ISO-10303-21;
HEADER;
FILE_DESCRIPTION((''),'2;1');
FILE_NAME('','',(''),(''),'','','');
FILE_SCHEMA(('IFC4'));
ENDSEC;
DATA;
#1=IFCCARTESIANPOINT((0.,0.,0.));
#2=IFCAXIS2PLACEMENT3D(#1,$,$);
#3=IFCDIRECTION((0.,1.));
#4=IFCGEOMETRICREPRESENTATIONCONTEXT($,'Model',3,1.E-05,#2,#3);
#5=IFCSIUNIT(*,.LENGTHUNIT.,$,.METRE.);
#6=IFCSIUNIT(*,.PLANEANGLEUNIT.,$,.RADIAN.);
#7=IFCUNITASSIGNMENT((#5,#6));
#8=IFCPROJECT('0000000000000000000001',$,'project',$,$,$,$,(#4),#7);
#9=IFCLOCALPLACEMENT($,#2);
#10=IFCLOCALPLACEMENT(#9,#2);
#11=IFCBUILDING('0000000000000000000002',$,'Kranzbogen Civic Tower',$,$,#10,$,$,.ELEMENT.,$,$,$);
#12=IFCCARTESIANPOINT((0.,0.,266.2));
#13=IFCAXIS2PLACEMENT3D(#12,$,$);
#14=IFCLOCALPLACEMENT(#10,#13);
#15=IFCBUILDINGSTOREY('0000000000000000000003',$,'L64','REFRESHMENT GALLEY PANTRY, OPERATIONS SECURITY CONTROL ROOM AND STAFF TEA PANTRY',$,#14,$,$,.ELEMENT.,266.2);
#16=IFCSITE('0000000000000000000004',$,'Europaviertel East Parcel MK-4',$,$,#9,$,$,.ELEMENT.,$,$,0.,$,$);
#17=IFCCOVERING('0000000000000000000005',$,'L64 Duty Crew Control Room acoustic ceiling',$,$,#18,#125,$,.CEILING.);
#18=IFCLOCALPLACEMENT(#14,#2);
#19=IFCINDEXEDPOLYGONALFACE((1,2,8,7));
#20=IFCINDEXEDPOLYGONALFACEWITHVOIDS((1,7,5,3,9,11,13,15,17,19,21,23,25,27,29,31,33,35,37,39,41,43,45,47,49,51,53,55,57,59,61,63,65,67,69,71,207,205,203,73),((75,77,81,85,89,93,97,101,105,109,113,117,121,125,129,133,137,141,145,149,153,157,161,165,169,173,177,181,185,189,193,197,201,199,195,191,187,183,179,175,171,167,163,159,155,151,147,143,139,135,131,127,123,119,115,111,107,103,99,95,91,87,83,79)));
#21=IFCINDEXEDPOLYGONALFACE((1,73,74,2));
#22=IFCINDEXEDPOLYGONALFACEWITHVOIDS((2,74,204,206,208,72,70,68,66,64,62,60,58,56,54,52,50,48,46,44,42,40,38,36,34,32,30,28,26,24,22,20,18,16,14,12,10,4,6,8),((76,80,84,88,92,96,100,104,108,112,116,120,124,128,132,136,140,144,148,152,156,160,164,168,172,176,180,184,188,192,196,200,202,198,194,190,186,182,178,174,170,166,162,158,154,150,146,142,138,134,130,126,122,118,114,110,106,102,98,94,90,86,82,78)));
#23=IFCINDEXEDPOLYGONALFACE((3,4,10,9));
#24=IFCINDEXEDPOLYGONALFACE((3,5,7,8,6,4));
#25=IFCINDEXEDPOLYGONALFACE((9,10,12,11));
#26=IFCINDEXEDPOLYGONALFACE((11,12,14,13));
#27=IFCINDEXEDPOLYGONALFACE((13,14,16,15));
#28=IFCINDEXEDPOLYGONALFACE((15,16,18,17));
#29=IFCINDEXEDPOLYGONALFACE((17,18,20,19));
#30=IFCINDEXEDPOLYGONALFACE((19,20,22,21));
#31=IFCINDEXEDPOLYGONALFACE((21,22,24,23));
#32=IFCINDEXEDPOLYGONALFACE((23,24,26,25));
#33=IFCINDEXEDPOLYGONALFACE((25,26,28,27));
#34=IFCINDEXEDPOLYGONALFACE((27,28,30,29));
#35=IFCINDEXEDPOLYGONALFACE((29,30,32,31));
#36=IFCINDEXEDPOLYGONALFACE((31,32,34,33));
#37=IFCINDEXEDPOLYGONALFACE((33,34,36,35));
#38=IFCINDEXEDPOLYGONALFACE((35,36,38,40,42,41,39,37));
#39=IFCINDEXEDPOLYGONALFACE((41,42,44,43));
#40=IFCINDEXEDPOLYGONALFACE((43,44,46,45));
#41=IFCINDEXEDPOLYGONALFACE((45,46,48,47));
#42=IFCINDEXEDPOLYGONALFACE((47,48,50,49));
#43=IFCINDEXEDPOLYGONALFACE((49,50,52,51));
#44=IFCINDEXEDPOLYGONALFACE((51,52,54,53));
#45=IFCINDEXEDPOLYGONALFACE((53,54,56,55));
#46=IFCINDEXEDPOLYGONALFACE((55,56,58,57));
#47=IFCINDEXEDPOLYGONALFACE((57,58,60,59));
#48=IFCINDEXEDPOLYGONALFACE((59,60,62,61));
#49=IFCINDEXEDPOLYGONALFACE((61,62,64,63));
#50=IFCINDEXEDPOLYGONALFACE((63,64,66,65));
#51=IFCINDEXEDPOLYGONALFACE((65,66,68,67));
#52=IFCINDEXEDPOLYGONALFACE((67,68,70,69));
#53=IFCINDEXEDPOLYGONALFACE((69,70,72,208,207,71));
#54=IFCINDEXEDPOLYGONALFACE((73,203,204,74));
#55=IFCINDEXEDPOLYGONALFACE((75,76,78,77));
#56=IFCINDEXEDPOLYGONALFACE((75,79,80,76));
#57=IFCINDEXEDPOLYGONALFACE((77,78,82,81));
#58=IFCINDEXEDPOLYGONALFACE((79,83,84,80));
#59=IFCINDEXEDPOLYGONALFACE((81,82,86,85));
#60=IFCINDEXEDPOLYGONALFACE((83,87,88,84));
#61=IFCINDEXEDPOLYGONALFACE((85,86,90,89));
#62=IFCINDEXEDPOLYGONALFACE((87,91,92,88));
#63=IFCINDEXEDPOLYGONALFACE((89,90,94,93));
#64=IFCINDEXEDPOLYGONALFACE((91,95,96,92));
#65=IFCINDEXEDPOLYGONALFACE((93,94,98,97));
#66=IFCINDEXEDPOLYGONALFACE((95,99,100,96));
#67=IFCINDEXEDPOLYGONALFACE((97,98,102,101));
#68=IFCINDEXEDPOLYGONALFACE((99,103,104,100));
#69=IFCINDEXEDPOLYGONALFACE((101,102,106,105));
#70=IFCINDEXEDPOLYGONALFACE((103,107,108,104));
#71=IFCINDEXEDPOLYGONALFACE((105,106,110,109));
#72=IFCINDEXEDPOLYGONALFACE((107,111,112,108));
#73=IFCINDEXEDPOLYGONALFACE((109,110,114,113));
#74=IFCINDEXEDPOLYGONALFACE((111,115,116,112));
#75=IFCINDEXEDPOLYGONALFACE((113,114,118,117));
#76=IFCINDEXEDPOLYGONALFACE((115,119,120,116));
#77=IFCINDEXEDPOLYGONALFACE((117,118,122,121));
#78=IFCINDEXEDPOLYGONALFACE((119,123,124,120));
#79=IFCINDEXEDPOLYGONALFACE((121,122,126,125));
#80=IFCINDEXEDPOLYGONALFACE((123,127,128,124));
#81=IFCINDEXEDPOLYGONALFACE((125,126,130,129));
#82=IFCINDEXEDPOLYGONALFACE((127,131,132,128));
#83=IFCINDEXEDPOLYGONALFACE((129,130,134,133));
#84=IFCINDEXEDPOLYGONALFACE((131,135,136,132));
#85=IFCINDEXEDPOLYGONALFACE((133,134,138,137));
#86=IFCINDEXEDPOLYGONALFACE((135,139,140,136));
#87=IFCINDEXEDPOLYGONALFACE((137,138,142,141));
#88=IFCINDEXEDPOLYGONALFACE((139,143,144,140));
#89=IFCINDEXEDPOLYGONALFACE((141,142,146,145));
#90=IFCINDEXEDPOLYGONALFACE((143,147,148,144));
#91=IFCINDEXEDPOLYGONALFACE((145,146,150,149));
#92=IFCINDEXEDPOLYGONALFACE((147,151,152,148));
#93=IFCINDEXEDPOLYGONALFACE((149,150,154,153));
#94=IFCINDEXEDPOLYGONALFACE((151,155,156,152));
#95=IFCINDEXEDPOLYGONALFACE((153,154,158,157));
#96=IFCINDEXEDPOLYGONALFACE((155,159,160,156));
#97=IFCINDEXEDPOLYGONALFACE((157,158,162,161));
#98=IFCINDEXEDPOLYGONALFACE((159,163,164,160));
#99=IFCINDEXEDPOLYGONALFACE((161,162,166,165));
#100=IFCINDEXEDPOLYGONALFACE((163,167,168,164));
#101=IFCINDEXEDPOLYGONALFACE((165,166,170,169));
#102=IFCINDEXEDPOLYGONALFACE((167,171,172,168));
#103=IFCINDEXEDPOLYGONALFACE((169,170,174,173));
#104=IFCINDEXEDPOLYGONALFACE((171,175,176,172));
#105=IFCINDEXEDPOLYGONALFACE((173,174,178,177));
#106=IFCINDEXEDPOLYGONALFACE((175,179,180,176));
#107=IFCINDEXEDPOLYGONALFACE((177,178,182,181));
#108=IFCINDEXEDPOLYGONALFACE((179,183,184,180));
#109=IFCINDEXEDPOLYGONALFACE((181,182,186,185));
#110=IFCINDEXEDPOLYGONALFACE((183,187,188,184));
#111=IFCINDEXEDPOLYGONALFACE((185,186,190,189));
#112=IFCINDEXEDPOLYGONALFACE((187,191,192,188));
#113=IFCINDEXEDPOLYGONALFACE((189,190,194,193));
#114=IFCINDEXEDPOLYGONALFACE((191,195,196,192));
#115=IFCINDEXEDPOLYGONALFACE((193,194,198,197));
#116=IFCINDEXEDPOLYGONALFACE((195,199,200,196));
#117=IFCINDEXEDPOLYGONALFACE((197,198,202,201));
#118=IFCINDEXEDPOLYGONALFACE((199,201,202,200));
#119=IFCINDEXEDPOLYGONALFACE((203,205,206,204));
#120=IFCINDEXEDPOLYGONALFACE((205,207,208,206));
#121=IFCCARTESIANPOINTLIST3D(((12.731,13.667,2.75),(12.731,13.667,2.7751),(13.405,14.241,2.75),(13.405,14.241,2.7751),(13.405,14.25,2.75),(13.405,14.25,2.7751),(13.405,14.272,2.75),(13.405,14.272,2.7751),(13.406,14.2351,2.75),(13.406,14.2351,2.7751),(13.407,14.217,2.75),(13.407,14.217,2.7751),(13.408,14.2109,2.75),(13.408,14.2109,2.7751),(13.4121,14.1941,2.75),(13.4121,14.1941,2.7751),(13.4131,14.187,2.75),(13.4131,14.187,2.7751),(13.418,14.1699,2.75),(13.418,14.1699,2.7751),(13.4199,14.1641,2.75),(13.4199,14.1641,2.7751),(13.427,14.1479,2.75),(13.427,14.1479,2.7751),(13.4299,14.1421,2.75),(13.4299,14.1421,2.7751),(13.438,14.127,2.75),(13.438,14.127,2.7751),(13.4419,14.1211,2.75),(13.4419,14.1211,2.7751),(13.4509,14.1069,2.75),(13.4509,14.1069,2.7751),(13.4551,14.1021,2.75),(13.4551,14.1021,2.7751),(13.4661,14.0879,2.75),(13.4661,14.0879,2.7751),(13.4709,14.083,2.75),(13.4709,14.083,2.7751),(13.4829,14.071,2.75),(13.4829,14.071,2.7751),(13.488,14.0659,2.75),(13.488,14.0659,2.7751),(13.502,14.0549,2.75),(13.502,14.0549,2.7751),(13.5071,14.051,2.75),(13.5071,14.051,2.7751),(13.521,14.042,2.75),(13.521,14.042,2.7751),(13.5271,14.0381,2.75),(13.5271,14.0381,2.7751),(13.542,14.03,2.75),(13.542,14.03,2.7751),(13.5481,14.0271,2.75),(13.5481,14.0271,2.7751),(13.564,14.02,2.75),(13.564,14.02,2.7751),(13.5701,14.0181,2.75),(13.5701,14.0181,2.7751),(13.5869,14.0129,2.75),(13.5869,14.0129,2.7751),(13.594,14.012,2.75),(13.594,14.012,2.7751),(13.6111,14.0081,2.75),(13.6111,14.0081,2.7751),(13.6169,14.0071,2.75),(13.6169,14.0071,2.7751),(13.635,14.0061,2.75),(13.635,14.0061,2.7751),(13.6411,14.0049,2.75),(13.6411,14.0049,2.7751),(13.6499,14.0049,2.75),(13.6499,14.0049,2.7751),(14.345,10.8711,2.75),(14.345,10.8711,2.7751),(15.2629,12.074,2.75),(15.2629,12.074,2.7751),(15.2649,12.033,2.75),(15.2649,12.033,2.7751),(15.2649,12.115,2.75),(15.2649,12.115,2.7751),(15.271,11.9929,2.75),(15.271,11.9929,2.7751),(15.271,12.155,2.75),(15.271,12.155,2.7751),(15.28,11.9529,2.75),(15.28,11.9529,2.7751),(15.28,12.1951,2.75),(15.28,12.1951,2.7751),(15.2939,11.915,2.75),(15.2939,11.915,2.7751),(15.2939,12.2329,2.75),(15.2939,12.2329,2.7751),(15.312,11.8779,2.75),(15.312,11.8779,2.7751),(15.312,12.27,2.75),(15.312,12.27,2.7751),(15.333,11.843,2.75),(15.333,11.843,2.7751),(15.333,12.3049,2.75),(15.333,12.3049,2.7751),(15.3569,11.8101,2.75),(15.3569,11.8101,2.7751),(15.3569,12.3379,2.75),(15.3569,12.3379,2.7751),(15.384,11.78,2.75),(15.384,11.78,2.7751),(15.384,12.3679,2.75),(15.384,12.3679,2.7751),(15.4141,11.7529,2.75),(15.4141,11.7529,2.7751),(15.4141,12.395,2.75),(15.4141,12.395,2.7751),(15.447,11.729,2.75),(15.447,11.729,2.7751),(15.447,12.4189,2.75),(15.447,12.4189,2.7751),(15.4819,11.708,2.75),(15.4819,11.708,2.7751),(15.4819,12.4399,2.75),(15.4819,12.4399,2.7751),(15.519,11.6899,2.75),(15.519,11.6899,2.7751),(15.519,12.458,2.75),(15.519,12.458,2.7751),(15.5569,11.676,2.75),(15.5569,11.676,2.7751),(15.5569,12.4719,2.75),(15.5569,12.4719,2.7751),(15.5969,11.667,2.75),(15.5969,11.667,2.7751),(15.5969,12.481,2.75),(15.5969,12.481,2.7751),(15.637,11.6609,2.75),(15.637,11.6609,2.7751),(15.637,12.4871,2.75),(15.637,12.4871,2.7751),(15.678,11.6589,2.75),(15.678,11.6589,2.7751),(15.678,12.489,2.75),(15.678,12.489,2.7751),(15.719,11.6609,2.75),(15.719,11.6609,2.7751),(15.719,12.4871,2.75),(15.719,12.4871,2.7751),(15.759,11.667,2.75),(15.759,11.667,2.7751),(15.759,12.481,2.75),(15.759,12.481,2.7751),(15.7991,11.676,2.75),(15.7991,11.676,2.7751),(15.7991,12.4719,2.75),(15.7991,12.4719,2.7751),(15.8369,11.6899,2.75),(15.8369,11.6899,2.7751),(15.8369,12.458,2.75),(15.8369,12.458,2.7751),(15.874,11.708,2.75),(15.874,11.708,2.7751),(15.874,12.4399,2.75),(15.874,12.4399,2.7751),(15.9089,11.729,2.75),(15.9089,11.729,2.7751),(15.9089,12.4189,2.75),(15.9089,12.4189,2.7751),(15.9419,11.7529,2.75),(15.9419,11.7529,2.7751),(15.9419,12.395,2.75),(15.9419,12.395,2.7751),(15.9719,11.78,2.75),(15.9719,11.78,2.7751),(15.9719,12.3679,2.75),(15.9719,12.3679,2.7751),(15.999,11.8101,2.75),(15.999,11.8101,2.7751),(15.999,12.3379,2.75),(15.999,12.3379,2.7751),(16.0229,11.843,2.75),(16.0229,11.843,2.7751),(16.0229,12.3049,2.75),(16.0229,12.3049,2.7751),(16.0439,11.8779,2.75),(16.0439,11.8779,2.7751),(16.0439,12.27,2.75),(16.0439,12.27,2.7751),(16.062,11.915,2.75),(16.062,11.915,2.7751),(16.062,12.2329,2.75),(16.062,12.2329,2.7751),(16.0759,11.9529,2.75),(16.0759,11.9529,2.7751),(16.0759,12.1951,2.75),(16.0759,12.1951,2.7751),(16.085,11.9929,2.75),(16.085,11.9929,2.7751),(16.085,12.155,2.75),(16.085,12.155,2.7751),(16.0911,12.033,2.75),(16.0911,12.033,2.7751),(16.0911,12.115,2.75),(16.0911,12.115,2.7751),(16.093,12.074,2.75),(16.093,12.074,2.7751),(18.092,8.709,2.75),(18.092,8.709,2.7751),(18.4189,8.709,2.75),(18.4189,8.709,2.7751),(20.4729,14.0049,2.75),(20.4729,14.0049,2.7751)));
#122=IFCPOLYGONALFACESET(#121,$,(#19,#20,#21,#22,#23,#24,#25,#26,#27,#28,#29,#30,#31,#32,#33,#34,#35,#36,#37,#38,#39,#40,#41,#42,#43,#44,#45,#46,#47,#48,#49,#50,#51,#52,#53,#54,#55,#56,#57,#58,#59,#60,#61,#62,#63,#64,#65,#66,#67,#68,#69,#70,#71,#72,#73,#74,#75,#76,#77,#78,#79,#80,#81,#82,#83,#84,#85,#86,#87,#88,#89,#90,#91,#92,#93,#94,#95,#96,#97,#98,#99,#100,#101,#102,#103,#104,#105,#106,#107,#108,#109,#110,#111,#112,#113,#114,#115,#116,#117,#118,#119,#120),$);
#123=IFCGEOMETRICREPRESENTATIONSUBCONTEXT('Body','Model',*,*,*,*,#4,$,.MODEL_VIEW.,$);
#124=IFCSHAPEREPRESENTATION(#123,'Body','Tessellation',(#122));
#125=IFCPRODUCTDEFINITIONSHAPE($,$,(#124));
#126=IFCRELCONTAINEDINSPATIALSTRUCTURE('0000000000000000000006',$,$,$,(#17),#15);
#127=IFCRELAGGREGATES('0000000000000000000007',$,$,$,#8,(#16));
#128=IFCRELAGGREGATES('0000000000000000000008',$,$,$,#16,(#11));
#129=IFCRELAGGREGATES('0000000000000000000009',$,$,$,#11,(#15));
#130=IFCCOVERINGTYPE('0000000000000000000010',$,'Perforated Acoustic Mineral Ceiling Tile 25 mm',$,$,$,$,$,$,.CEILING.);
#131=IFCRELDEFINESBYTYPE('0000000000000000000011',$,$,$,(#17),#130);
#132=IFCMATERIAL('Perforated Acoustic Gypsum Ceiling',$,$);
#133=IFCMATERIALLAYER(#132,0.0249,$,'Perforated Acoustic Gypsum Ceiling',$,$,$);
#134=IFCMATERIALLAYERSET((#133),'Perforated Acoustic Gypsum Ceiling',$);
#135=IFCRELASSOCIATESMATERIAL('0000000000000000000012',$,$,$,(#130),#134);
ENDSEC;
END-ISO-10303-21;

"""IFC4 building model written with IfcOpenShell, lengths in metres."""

from ifc_helpers import new_model, si_unit, direction, frame, origin, place, context, subcontext, project, spatial, polyline, outline, extrude, material, layer, layer_set, type_object, element, save


model = new_model("IFC4")

# Units and contexts
model_context = context("Model", 3, precision=1e-05, world=origin(), true_north=direction((0.0, 1.0)))
body_context = subcontext(model_context, "Body", "Model", "MODEL_VIEW")
ifc_project = project(units=[si_unit("LENGTHUNIT", "METRE"), si_unit("PLANEANGLEUNIT", "RADIAN")], contexts=[model_context])

# Site, building, storey
site_placement = place(None, origin())
site = spatial("IfcSite", under=ifc_project, at=site_placement, Name="Europaviertel East Parcel MK-4", CompositionType="ELEMENT", RefElevation=0.0)
building_placement = place(site_placement, origin())
building = spatial("IfcBuilding", under=site, at=building_placement, Name="Kranzbogen Civic Tower", CompositionType="ELEMENT")
storey_placement = place(building_placement, frame((0.0, 0.0, 266.2)))
storey = spatial("IfcBuildingStorey", under=building, at=storey_placement, Name="L64", Description="REFRESHMENT GALLEY PANTRY, OPERATIONS SECURITY CONTROL ROOM AND STAFF TEA PANTRY", CompositionType="ELEMENT", Elevation=266.2)

# Covering
ifc_material_1 = material(Name="Perforated Acoustic Gypsum Ceiling")
ifc_layer_1 = layer(ifc_material_1, 0.0249, Name="Perforated Acoustic Gypsum Ceiling")
ifc_layer_set_1 = layer_set([ifc_layer_1], Name="Perforated Acoustic Gypsum Ceiling")
covering_type_1 = type_object("IfcCoveringType", Name="Perforated Acoustic Mineral Ceiling Tile 25 mm", PredefinedType="CEILING", material=ifc_layer_set_1)
covering_1_placement = place(storey_placement, frame((0.0, 0.0, 2.75)))
element("IfcCovering", 1, at=covering_1_placement, inside=storey, type_object=covering_type_1, Name="L64 Duty Crew Control Room acoustic ceiling", PredefinedType="CEILING", context=body_context, shape_type="SweptSolid", body=[
    extrude(outline(polyline([(12.731, 13.667), (13.405, 14.272), (13.405, 14.25), (13.405, 14.241), (13.406, 14.2351), (13.407, 14.217), (13.408, 14.2109), (13.4121, 14.1941), (13.4131, 14.187), (13.418, 14.1699), (13.4199, 14.1641), (13.427, 14.1479), (13.4299, 14.1421), (13.438, 14.127), (13.4419, 14.1211), (13.4509, 14.1069), (13.4551, 14.1021), (13.4661, 14.0879), (13.4709, 14.083), (13.4829, 14.071), (13.488, 14.0659), (13.502, 14.0549), (13.5071, 14.051), (13.521, 14.042), (13.5271, 14.0381), (13.542, 14.03), (13.5481, 14.0271), (13.564, 14.02), (13.5701, 14.0181), (13.5869, 14.0129), (13.594, 14.012), (13.6111, 14.0081), (13.6169, 14.0071), (13.635, 14.0061), (13.6411, 14.0049), (13.6499, 14.0049), (20.4729, 14.0049), (18.4189, 8.709), (18.092, 8.709), (14.345, 10.8711), (12.731, 13.667)]), holes=[polyline([(16.062, 11.915), (16.0439, 11.8779), (16.0229, 11.843), (15.999, 11.8101), (15.9719, 11.78), (15.9419, 11.7529), (15.9089, 11.729), (15.874, 11.708), (15.8369, 11.6899), (15.7991, 11.676), (15.759, 11.667), (15.719, 11.6609), (15.678, 11.6589), (15.637, 11.6609), (15.5969, 11.667), (15.5569, 11.676), (15.519, 11.6899), (15.4819, 11.708), (15.447, 11.729), (15.4141, 11.7529), (15.384, 11.78), (15.3569, 11.8101), (15.333, 11.843), (15.312, 11.8779), (15.2939, 11.915), (15.28, 11.9529), (15.271, 11.9929), (15.2649, 12.033), (15.2629, 12.074), (15.2649, 12.115), (15.271, 12.155), (15.28, 12.1951), (15.2939, 12.2329), (15.312, 12.27), (15.333, 12.3049), (15.3569, 12.3379), (15.384, 12.3679), (15.4141, 12.395), (15.447, 12.4189), (15.4819, 12.4399), (15.519, 12.458), (15.5569, 12.4719), (15.5969, 12.481), (15.637, 12.4871), (15.678, 12.489), (15.719, 12.4871), (15.759, 12.481), (15.7991, 12.4719), (15.8369, 12.458), (15.874, 12.4399), (15.9089, 12.4189), (15.9419, 12.395), (15.9719, 12.3679), (15.999, 12.3379), (16.0229, 12.3049), (16.0439, 12.27), (16.062, 12.2329), (16.0759, 12.1951), (16.085, 12.155), (16.0911, 12.115), (16.093, 12.074), (16.0911, 12.033), (16.085, 11.9929), (16.0759, 11.9529), (16.062, 11.915)])]), origin(), (0.0, 0.0, 1.0), 0.0251),
])

save(model, "model.ifc")
